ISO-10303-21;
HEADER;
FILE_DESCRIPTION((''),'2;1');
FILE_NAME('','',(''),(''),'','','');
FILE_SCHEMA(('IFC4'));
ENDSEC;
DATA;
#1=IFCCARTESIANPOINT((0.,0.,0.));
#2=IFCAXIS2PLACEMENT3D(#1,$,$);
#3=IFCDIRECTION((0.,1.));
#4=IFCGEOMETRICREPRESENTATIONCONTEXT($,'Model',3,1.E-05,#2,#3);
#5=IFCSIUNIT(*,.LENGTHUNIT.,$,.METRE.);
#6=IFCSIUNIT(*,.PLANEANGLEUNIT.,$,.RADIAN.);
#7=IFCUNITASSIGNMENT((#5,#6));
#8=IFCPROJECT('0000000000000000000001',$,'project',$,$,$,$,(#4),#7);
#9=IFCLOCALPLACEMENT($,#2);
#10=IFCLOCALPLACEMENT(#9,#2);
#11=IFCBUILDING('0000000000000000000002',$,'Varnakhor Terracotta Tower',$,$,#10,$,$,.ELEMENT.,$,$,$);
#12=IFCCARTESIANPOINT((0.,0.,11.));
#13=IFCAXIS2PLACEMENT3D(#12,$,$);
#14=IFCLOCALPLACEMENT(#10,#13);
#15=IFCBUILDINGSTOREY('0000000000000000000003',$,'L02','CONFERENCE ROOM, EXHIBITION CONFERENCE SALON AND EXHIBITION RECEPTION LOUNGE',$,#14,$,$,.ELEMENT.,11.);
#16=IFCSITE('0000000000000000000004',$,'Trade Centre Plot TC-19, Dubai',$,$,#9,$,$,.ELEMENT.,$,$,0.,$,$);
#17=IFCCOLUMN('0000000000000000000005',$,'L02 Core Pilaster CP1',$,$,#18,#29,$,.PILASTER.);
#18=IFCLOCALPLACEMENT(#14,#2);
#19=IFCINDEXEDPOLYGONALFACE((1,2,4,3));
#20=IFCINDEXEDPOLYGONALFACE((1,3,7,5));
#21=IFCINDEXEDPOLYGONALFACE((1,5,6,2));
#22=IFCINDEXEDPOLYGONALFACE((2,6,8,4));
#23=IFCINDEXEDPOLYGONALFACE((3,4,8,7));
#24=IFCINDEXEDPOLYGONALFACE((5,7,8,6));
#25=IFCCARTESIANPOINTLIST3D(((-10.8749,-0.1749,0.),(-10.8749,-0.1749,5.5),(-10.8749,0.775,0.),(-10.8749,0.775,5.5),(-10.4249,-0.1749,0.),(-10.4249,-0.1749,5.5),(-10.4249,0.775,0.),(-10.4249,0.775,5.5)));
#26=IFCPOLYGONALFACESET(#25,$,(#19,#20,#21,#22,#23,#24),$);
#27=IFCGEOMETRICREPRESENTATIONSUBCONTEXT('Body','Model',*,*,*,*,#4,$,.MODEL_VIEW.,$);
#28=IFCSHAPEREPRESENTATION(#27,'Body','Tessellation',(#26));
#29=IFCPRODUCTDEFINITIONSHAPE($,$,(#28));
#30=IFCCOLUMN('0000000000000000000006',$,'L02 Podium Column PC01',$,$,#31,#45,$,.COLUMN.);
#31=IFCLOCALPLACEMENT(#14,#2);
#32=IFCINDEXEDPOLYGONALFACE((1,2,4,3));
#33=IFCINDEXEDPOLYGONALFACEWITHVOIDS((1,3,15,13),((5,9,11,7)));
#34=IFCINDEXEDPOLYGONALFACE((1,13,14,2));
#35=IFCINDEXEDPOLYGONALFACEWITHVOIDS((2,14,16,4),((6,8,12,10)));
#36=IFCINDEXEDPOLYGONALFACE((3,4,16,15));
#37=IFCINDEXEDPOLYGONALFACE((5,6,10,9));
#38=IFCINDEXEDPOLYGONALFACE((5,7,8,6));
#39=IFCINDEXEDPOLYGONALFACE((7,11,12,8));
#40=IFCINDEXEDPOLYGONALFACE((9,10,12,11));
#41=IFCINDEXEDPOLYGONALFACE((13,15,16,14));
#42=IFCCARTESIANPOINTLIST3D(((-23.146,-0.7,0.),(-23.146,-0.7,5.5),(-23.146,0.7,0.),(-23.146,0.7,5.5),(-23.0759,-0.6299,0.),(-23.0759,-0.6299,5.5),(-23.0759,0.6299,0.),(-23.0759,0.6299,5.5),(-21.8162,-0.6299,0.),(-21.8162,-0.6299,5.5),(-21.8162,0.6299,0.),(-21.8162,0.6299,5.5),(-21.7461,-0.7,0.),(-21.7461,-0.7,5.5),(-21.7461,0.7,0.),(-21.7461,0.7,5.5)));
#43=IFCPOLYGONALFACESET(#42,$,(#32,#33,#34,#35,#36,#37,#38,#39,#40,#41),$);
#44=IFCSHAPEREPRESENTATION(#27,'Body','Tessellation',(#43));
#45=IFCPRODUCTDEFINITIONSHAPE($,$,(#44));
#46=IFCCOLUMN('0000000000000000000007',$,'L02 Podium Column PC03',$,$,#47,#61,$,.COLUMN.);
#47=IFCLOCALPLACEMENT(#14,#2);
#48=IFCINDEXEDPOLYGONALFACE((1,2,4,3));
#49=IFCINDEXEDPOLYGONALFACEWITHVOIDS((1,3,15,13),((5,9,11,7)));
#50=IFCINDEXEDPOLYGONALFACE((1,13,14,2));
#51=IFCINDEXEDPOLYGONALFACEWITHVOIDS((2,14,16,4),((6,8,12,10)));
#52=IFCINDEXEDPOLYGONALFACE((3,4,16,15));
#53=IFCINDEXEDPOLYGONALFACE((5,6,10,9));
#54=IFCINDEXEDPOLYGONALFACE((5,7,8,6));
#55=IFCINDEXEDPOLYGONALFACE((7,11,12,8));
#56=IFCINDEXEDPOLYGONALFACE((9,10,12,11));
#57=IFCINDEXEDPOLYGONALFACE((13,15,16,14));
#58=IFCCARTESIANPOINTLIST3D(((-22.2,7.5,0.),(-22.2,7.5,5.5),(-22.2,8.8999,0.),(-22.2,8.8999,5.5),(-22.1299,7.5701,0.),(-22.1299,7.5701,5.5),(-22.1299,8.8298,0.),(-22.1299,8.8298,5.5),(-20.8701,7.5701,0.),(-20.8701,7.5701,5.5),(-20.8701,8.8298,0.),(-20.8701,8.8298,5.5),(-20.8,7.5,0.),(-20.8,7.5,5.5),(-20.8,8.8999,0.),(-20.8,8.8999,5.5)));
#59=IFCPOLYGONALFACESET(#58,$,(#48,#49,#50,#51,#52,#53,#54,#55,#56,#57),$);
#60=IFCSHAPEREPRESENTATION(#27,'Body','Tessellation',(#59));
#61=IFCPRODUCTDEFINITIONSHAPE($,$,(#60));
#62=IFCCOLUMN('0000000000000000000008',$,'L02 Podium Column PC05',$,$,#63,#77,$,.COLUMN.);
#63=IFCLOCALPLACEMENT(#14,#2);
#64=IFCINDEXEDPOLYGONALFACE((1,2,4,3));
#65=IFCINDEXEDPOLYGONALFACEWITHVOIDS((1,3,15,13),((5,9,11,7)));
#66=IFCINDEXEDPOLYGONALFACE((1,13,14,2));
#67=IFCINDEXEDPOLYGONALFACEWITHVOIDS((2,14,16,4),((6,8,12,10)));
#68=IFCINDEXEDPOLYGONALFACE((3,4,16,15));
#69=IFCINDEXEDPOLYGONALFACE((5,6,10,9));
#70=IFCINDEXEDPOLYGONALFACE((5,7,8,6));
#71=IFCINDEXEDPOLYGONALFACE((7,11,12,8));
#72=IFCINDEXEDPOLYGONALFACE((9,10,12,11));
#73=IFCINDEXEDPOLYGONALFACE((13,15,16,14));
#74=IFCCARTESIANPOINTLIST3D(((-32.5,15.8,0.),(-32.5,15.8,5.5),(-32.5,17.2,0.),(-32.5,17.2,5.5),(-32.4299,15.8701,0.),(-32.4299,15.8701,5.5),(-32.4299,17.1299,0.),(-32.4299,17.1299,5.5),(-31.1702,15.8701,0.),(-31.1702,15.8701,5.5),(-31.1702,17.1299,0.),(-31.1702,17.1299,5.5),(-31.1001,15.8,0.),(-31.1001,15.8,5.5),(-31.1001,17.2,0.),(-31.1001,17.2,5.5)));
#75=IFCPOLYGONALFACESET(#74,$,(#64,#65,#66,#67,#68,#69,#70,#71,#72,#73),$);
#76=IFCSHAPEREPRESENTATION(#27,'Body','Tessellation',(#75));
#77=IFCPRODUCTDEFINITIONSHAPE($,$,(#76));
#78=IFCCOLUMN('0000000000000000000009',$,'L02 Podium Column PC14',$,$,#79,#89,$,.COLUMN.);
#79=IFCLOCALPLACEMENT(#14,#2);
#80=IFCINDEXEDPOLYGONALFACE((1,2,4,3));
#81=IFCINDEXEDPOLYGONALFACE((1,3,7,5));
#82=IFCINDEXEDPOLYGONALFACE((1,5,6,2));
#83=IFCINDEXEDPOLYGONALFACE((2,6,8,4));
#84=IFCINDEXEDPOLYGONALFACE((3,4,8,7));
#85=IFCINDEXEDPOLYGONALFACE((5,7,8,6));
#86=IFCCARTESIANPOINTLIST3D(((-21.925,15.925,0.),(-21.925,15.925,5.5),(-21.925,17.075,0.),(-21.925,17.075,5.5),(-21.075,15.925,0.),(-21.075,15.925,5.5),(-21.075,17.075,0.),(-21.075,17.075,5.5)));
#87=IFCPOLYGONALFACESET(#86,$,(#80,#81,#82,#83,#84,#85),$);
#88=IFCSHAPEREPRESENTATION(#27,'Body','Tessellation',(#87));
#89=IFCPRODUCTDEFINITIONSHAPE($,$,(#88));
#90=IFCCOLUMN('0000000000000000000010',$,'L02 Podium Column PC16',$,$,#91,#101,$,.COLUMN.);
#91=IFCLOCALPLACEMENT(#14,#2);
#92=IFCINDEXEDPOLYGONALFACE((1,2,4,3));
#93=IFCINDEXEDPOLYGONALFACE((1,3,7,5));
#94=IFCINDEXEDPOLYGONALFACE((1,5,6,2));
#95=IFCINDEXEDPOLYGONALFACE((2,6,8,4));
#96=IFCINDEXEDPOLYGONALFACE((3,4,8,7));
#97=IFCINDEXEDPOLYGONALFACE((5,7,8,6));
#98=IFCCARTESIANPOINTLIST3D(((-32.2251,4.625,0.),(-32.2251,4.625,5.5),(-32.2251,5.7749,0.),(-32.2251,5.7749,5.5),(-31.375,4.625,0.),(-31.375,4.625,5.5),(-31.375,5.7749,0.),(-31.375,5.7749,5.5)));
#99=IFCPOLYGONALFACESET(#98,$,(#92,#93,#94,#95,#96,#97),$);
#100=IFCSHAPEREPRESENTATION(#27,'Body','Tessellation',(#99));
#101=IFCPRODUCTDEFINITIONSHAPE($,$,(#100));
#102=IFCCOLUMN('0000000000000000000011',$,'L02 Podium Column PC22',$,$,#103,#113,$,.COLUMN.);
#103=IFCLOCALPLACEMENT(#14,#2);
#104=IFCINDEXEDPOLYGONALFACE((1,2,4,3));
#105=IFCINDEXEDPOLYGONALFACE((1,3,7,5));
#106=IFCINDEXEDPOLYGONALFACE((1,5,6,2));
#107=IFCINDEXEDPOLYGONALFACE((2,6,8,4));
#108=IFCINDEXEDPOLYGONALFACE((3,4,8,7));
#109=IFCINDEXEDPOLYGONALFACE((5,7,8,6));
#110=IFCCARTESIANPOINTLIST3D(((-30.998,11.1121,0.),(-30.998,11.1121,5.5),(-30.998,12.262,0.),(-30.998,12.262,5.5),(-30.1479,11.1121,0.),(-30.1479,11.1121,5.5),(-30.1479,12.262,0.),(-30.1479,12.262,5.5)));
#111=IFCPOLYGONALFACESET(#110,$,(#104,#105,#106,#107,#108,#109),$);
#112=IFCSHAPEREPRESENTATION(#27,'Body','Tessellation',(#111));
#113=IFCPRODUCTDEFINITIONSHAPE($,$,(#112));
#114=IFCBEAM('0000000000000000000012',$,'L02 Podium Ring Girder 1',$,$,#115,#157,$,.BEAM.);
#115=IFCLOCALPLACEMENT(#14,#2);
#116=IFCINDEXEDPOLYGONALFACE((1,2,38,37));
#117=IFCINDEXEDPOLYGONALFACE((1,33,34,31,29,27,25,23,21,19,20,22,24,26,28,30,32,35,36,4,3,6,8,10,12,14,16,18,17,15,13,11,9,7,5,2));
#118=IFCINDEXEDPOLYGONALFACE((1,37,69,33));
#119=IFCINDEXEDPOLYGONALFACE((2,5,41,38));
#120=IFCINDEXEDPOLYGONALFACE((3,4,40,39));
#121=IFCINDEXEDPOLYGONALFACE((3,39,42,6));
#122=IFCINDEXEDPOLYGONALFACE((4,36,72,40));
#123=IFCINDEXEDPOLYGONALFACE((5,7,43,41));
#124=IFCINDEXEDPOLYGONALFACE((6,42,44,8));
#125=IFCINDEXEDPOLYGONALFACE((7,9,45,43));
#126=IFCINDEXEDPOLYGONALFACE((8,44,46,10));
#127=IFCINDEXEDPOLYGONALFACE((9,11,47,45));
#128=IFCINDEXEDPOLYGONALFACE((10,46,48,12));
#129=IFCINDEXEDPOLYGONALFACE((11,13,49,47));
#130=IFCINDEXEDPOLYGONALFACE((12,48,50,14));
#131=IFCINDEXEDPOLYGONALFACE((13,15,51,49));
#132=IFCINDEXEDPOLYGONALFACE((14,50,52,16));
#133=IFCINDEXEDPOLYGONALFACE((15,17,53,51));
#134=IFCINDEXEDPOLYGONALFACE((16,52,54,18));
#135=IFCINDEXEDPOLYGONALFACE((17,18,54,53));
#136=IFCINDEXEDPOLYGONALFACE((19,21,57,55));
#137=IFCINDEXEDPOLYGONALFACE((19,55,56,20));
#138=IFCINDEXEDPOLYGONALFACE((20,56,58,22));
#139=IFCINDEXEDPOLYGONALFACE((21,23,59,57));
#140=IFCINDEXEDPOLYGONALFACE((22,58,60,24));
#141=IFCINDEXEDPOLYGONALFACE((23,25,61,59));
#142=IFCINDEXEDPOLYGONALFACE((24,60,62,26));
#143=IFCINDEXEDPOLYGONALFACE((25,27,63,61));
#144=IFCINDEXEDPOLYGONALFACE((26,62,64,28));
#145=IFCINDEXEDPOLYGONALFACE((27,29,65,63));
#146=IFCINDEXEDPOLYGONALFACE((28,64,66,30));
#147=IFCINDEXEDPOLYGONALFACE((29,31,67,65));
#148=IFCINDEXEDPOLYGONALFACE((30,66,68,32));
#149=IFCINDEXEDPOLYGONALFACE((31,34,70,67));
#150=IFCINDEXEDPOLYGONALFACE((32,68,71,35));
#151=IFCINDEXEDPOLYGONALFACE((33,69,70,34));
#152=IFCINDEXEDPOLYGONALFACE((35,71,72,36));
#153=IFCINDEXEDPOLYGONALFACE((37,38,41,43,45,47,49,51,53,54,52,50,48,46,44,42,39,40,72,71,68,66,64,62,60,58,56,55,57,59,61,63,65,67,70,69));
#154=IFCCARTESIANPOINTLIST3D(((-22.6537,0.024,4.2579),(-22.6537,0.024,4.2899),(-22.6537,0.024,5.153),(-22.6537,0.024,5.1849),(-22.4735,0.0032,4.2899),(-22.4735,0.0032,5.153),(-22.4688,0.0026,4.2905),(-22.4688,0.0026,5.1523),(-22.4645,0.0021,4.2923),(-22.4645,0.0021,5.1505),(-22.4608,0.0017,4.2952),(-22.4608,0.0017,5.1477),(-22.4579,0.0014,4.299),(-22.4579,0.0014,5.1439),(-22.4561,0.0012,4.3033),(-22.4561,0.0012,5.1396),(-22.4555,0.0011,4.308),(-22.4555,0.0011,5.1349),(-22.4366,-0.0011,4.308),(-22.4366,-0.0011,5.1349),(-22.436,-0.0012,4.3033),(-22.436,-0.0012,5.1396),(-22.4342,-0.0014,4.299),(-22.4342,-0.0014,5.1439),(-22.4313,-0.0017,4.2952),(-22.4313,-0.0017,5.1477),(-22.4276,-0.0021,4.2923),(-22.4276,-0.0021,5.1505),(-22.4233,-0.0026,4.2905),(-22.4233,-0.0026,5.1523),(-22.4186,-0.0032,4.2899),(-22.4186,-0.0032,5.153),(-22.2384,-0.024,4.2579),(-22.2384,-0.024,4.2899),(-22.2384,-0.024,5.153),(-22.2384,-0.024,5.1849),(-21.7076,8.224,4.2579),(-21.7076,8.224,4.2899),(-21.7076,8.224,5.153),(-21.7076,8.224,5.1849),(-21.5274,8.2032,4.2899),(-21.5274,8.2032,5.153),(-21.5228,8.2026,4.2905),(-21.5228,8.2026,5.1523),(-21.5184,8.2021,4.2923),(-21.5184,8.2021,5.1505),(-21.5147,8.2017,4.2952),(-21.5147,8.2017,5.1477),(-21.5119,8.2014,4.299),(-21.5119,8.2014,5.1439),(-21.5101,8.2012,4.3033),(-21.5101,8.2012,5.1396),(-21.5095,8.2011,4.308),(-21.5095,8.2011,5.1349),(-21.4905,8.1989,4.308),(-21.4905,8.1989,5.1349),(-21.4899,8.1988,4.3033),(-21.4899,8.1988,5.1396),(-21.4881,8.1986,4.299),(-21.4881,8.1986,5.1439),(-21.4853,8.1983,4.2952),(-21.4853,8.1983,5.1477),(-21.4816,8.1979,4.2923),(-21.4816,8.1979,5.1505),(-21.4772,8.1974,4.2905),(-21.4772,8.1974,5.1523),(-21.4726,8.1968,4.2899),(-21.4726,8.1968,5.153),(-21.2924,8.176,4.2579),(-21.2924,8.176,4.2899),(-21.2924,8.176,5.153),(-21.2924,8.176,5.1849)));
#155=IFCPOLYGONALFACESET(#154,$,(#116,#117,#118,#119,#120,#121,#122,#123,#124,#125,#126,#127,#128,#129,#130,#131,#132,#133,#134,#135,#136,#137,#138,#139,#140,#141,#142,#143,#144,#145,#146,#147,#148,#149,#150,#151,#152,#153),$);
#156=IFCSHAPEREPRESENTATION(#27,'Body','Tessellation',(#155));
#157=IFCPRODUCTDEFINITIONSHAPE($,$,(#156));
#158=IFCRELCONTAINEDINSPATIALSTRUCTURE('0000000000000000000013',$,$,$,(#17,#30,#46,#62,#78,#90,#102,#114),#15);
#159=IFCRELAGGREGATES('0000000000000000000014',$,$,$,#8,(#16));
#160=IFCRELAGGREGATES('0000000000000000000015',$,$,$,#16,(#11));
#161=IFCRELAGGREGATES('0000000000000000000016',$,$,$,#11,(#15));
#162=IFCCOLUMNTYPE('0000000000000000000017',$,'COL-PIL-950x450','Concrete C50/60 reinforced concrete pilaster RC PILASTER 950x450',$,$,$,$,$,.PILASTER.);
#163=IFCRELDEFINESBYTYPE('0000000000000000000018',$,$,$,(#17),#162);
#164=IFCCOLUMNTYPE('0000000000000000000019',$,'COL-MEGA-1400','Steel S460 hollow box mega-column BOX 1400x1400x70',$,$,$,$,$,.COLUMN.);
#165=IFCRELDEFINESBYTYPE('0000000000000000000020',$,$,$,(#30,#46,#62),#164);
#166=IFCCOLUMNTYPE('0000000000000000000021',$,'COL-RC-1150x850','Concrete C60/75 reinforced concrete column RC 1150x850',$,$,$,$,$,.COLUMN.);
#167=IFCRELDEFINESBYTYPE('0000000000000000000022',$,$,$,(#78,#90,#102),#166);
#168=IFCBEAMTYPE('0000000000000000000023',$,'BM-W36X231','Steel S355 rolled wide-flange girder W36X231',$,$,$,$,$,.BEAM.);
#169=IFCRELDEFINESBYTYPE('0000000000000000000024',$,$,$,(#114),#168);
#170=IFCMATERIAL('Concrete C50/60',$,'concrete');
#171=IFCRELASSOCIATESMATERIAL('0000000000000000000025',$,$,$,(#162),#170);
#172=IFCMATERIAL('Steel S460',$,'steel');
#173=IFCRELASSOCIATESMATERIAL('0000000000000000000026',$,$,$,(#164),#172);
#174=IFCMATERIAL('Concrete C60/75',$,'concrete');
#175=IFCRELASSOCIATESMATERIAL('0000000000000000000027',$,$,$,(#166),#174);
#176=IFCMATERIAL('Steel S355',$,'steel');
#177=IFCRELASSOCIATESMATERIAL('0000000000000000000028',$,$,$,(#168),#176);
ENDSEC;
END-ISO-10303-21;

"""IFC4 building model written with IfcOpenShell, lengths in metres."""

from ifc_helpers import new_model, si_unit, direction, frame, origin, origin_2d, place, context, subcontext, project, spatial, rectangle, hollow_rectangle, i_section, extrude, source, transform, mapped, material, material_profile, profile_set, type_object, type_shapes, element, save


model = new_model("IFC4")

# Units and contexts
model_context = context("Model", 3, precision=1e-05, world=origin(), true_north=direction((0.0, 1.0)))
body_context = subcontext(model_context, "Body", "Model", "MODEL_VIEW")
ifc_project = project(units=[si_unit("LENGTHUNIT", "METRE"), si_unit("PLANEANGLEUNIT", "RADIAN")], contexts=[model_context])

# Site, building, storey
site_placement = place(None, origin())
site = spatial("IfcSite", under=ifc_project, at=site_placement, Name="Trade Centre Plot TC-19, Dubai", CompositionType="ELEMENT", RefElevation=0.0)
building_placement = place(site_placement, origin())
building = spatial("IfcBuilding", under=site, at=building_placement, Name="Varnakhor Terracotta Tower", CompositionType="ELEMENT")
storey_placement = place(building_placement, frame((0.0, 0.0, 11.0)))
storey = spatial("IfcBuildingStorey", under=building, at=storey_placement, Name="L02", Description="CONFERENCE ROOM, EXHIBITION CONFERENCE SALON AND EXHIBITION RECEPTION LOUNGE", CompositionType="ELEMENT", Elevation=11.0)

# Columns
ifc_material_1 = material(Name="Concrete C50/60", Category="concrete")
ifc_material_profile_1 = material_profile(ifc_material_1, rectangle(XDim=0.45, YDim=0.95, at=origin_2d()), Name="RC PILASTER 950x450")
ifc_profile_set_1 = profile_set([ifc_material_profile_1], Name="Concrete C50/60")
column_type_1 = type_object("IfcColumnType", Name="COL-PIL-950x450", Description="Concrete C50/60 reinforced concrete pilaster RC PILASTER 950x450", PredefinedType="PILASTER", material=ifc_profile_set_1)
shared_shape_1 = source(origin(), body_context, "Body", "SweptSolid", [
    extrude(rectangle(XDim=0.45, YDim=0.95, at=origin_2d()), origin(), (0.0, 0.0, 1.0), 5.5),
])
column_placement = place(storey_placement, frame((-10.6499, 0.3, 0.0), z_axis=(0.0, 0.0, 1.0), x_axis=(1.0, 0.0, 0.0)))
element("IfcColumn", 1, at=column_placement, inside=storey, type_object=column_type_1, Name="L02 Core Pilaster CP1", PredefinedType="PILASTER", context=body_context, shape_type="MappedRepresentation", body=[
    mapped(shared_shape_1, transform((0.0, 0.0, 0.0), scale=1.0)),
])
ifc_material_2 = material(Name="Steel S460", Category="steel")
ifc_material_profile_2 = material_profile(ifc_material_2, hollow_rectangle(XDim=1.3999, YDim=1.3999, WallThickness=0.0701, at=origin_2d()), Name="BOX 1400x1400x70")
ifc_profile_set_2 = profile_set([ifc_material_profile_2], Name="Steel S460")
column_type_2 = type_object("IfcColumnType", Name="COL-MEGA-1400", Description="Steel S460 hollow box mega-column BOX 1400x1400x70", PredefinedType="COLUMN", material=ifc_profile_set_2)
shared_shape_2 = source(origin(), body_context, "Body", "SweptSolid", [
    extrude(hollow_rectangle(XDim=1.3999, YDim=1.3999, WallThickness=0.0701, at=origin_2d()), origin(), (0.0, 0.0, 1.0), 5.5),
])
for number, where, z_axis, x_axis, name in (
    (2, (-22.446, 0.0, 0.0), (0.0, 0.0, 1.0), (1.0, 0.0, 0.0), "L02 Podium Column PC01"),
    (3, (-21.5, 8.2, 0.0), (0.0, 0.0, 1.0), (1.0, 0.0, 0.0), "L02 Podium Column PC03"),
    (4, (-31.8, 16.5, 0.0), (0.0, 0.0, 1.0), (1.0, 0.0, 0.0), "L02 Podium Column PC05"),
):
    element("IfcColumn", number, at=place(storey_placement, frame(where, z_axis=z_axis, x_axis=x_axis)), inside=storey, type_object=column_type_2, Name=name, PredefinedType="COLUMN", context=body_context, shape_type="MappedRepresentation", body=[
        mapped(shared_shape_2, transform((0.0, 0.0, 0.0), scale=1.0)),
    ])
ifc_material_3 = material(Name="Concrete C60/75", Category="concrete")
ifc_material_profile_3 = material_profile(ifc_material_3, rectangle(XDim=0.8501, YDim=1.1499, at=origin_2d()), Name="RC 1150x850")
ifc_profile_set_3 = profile_set([ifc_material_profile_3], Name="Concrete C60/75")
column_type_3 = type_object("IfcColumnType", Name="COL-RC-1150x850", Description="Concrete C60/75 reinforced concrete column RC 1150x850", PredefinedType="COLUMN", material=ifc_profile_set_3)
shared_shape_3 = source(origin(), body_context, "Body", "SweptSolid", [
    extrude(rectangle(XDim=0.8501, YDim=1.1499, at=origin_2d()), origin(), (0.0, 0.0, 1.0), 5.5),
])
for number, where, z_axis, x_axis, name in (
    (5, (-21.5, 16.5, 0.0), (0.0, 0.0, 1.0), (1.0, 0.0, 0.0), "L02 Podium Column PC14"),
    (6, (-31.8, 5.2, 0.0), (0.0, 0.0, 1.0), (1.0, 0.0, 0.0), "L02 Podium Column PC16"),
    (7, (-30.573, 11.687, 0.0), (0.0, 0.0, 1.0), (1.0, 0.0, 0.0), "L02 Podium Column PC22"),
):
    element("IfcColumn", number, at=place(storey_placement, frame(where, z_axis=z_axis, x_axis=x_axis)), inside=storey, type_object=column_type_3, Name=name, PredefinedType="COLUMN", context=body_context, shape_type="MappedRepresentation", body=[
        mapped(shared_shape_3, transform((0.0, 0.0, 0.0), scale=1.0)),
    ])

# Beam
ifc_material_4 = material(Name="Steel S355", Category="steel")
ifc_material_profile_4 = material_profile(ifc_material_4, i_section(OverallWidth=0.418, OverallDepth=0.927, WebThickness=0.019, FlangeThickness=0.032, FilletRadius=0.0181, at=origin_2d()), Name="W36X231")
ifc_profile_set_4 = profile_set([ifc_material_profile_4], Name="Steel S355")
beam_type_1 = type_object("IfcBeamType", Name="BM-W36X231", Description="Steel S355 rolled wide-flange girder W36X231", PredefinedType="BEAM", material=ifc_profile_set_4)
shared_shape_4 = source(origin(), body_context, "Body", "SweptSolid", [
    extrude(i_section(OverallWidth=0.418, OverallDepth=0.927, WebThickness=0.019, FlangeThickness=0.032, FilletRadius=0.0181, at=origin_2d()), origin(), (0.0, 0.0, 1.0), 8.2544),
])
type_shapes(beam_type_1, [shared_shape_4])
beam_1_placement = place(storey_placement, frame((-22.446, 0.0, 4.7214), z_axis=(0.114612, 0.99341, 0.0), x_axis=(-0.99341, 0.114612, 0.0)))
element("IfcBeam", 8, at=beam_1_placement, inside=storey, type_object=beam_type_1, Name="L02 Podium Ring Girder 1", PredefinedType="BEAM", context=body_context, shape_type="MappedRepresentation", body=[
    mapped(shared_shape_4, transform((0.0, 0.0, 0.0), scale=1.0)),
])

save(model, "model.ifc")
